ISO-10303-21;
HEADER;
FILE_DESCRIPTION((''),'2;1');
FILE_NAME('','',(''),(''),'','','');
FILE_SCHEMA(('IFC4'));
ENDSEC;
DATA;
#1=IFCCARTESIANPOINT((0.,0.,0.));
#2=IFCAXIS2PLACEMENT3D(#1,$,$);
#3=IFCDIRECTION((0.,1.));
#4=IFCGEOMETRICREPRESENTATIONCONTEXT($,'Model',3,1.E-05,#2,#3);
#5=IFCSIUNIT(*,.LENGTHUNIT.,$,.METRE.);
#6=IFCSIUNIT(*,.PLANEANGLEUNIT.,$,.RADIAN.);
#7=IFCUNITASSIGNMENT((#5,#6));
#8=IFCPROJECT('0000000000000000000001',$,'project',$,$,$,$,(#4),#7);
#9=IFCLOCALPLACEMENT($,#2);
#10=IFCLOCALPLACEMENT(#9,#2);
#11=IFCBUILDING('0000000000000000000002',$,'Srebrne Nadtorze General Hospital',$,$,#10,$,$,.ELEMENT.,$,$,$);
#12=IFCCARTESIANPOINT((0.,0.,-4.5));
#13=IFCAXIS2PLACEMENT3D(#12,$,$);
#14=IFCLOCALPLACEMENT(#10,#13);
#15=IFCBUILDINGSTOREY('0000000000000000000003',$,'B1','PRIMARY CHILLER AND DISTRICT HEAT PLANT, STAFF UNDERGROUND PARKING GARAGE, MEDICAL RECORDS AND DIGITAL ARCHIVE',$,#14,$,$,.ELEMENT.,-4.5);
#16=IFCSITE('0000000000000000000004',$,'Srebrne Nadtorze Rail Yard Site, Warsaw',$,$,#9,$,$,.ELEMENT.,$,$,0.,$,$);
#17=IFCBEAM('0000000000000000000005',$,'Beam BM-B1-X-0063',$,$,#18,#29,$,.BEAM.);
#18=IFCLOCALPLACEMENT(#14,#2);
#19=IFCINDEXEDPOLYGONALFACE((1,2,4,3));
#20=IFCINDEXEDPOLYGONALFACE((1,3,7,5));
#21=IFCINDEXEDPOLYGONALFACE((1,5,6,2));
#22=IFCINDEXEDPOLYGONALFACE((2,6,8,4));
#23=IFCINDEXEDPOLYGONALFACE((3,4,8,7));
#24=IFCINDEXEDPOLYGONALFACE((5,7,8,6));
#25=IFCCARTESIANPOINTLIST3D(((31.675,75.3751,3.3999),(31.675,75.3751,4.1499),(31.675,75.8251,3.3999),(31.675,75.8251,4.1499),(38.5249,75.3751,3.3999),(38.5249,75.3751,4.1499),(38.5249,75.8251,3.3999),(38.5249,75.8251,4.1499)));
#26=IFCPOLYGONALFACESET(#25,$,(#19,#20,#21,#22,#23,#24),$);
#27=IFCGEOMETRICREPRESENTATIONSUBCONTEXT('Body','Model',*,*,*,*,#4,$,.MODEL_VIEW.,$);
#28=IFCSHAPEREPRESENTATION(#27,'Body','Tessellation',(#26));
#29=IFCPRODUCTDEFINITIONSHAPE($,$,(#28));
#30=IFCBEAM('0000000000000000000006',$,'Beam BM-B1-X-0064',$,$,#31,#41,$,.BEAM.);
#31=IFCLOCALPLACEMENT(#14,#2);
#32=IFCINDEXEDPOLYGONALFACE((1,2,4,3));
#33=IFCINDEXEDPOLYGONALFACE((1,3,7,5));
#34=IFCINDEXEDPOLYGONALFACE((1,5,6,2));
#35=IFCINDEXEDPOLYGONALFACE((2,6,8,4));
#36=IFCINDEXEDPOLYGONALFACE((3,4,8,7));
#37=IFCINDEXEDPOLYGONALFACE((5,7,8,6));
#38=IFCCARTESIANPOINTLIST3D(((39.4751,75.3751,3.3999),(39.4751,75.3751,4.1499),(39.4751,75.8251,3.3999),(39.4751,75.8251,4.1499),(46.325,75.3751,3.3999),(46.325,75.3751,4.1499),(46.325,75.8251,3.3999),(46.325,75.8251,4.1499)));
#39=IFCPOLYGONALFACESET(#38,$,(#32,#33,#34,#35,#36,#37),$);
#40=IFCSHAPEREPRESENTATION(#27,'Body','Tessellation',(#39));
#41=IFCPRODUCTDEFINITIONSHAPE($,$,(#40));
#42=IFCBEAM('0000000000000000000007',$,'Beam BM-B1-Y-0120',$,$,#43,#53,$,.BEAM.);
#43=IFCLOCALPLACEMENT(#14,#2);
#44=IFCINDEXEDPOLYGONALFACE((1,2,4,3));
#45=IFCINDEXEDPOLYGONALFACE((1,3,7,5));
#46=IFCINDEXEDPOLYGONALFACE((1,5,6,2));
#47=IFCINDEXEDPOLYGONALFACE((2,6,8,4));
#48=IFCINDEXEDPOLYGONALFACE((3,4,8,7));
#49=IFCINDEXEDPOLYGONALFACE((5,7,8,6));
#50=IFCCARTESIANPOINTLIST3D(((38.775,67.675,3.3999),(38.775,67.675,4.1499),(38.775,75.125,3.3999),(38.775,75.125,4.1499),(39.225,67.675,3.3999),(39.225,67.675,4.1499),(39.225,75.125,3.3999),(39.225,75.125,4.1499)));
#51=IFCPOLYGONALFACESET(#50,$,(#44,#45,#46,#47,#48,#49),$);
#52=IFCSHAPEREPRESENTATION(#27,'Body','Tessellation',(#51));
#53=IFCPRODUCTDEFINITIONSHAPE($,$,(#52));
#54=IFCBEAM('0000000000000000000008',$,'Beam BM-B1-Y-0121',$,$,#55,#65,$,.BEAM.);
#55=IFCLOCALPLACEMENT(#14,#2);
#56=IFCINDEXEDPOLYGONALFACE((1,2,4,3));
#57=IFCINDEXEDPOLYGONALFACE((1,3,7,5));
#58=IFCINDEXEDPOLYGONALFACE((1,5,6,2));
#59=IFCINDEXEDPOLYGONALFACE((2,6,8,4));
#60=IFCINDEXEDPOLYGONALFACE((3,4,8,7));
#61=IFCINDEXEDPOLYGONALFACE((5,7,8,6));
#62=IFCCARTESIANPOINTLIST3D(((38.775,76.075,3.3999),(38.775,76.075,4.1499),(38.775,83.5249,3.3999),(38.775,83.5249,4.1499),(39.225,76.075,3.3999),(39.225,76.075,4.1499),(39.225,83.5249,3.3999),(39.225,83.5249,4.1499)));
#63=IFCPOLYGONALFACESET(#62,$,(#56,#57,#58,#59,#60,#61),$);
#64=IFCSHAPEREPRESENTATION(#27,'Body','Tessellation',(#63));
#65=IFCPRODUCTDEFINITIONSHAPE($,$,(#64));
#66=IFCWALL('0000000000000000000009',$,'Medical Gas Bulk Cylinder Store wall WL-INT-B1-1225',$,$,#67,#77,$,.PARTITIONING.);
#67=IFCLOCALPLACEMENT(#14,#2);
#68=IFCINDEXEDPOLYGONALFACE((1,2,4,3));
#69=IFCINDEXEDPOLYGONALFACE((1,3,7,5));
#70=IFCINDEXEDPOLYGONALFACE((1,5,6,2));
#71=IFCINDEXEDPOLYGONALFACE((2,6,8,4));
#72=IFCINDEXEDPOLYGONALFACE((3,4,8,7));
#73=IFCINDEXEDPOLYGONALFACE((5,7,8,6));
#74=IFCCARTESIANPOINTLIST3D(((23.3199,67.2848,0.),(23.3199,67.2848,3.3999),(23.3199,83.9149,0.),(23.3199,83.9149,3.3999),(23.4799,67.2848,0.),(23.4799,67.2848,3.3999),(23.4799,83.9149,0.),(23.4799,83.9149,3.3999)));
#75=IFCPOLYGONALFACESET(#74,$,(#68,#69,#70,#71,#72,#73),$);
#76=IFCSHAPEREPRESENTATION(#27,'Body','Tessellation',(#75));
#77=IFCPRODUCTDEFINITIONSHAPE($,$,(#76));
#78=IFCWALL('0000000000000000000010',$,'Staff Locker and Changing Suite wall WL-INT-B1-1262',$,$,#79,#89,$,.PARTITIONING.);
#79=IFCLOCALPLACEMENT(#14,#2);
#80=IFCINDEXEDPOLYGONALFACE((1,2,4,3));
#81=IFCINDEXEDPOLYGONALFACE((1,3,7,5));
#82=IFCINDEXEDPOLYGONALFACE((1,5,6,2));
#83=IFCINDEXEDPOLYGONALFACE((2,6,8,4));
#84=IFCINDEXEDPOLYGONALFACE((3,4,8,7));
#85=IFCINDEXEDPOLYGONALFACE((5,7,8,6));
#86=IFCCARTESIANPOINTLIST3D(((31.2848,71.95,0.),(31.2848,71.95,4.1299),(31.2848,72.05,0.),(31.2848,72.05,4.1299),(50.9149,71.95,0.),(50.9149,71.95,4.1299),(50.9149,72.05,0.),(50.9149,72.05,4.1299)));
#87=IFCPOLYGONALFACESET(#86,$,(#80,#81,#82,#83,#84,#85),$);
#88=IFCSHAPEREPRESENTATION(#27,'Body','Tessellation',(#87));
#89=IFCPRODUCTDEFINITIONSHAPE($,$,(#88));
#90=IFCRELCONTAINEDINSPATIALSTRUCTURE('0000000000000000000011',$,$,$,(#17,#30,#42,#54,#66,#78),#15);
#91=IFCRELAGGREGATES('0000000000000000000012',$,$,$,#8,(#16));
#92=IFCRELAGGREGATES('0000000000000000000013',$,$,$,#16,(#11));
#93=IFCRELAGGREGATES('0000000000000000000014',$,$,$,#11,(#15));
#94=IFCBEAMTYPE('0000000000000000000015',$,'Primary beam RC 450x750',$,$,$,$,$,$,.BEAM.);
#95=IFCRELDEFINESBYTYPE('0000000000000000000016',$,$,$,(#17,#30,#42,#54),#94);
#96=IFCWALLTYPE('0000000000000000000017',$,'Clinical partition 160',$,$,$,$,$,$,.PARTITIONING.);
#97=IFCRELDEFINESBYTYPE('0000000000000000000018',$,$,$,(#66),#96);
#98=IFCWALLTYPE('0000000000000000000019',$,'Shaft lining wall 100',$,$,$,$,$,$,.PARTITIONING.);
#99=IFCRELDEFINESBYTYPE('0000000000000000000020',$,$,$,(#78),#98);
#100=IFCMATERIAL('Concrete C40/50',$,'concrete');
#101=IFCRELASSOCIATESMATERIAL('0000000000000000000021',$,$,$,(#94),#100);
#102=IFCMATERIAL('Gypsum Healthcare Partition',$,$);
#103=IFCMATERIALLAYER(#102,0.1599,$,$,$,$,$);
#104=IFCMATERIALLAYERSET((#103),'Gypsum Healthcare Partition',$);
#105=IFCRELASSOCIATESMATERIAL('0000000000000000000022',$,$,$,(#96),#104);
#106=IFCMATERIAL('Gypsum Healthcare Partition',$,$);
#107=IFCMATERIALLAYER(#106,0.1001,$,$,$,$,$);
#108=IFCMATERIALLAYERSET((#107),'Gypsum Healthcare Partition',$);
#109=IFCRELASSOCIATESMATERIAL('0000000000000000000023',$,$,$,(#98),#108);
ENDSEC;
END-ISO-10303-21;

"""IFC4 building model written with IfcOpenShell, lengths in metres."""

from ifc_helpers import new_model, si_unit, direction, frame, frame_2d, origin, origin_2d, place, context, subcontext, project, spatial, rectangle, extrude, material, layer, layer_set, material_profile, profile_set, type_object, element, save


model = new_model("IFC4")

# Units and contexts
model_context = context("Model", 3, precision=1e-05, world=origin(), true_north=direction((0.0, 1.0)))
body_context = subcontext(model_context, "Body", "Model", "MODEL_VIEW")
ifc_project = project(units=[si_unit("LENGTHUNIT", "METRE"), si_unit("PLANEANGLEUNIT", "RADIAN")], contexts=[model_context])

# Site, building, storey
site_placement = place(None, origin())
site = spatial("IfcSite", under=ifc_project, at=site_placement, Name="Srebrne Nadtorze Rail Yard Site, Warsaw", CompositionType="ELEMENT", RefElevation=0.0)
building_placement = place(site_placement, origin())
building = spatial("IfcBuilding", under=site, at=building_placement, Name="Srebrne Nadtorze General Hospital", CompositionType="ELEMENT")
storey_placement = place(building_placement, frame((0.0, 0.0, -4.5)))
storey = spatial("IfcBuildingStorey", under=building, at=storey_placement, Name="B1", Description="PRIMARY CHILLER AND DISTRICT HEAT PLANT, STAFF UNDERGROUND PARKING GARAGE, MEDICAL RECORDS AND DIGITAL ARCHIVE", CompositionType="ELEMENT", Elevation=-4.5)

# Beams
ifc_material_1 = material(Name="Concrete C40/50", Category="concrete")
ifc_material_profile_1 = material_profile(ifc_material_1, rectangle(XDim=0.45, YDim=0.75, at=origin_2d()), Name="RC-BM-450x750")
ifc_profile_set_1 = profile_set([ifc_material_profile_1], Name="Concrete C40/50")
beam_type = type_object("IfcBeamType", Name="Primary beam RC 450x750", PredefinedType="BEAM", material=ifc_profile_set_1)
for number, where, z_axis, x_axis, name in (
    (1, (31.675, 75.6001, 3.7749), (1.0, 0.0, 0.0), (0.0, 1.0, 0.0), "Beam BM-B1-X-0063"),
    (2, (39.4751, 75.6001, 3.7749), (1.0, 0.0, 0.0), (0.0, 1.0, 0.0), "Beam BM-B1-X-0064"),
):
    element("IfcBeam", number, at=place(storey_placement, frame(where, z_axis=z_axis, x_axis=x_axis)), inside=storey, type_object=beam_type, Name=name, PredefinedType="BEAM", context=body_context, shape_type="SweptSolid", body=[
        extrude(rectangle(XDim=0.45, YDim=0.75, at=origin_2d()), origin(), (0.0, 0.0, 1.0), 6.8499),
    ])
for number, where, z_axis, x_axis, name in (
    (3, (39.0, 67.675, 3.7749), (0.0, 1.0, 0.0), (-1.0, 0.0, 0.0), "Beam BM-B1-Y-0120"),
    (4, (39.0, 76.075, 3.7749), (0.0, 1.0, 0.0), (-1.0, 0.0, 0.0), "Beam BM-B1-Y-0121"),
):
    element("IfcBeam", number, at=place(storey_placement, frame(where, z_axis=z_axis, x_axis=x_axis)), inside=storey, type_object=beam_type, Name=name, PredefinedType="BEAM", context=body_context, shape_type="SweptSolid", body=[
        extrude(rectangle(XDim=0.45, YDim=0.75, at=origin_2d()), origin(), (0.0, 0.0, 1.0), 7.45),
    ])

# Walls
ifc_material_2 = material(Name="Gypsum Healthcare Partition")
ifc_layer_1 = layer(ifc_material_2, 0.1599)
ifc_layer_set_1 = layer_set([ifc_layer_1], Name="Gypsum Healthcare Partition")
wall_type_1 = type_object("IfcWallType", Name="Clinical partition 160", PredefinedType="PARTITIONING", material=ifc_layer_set_1)
wall_1_placement = place(storey_placement, frame((23.3999, 67.2849, 0.0), z_axis=(0.0, 0.0, 1.0), x_axis=(0.0, 1.0, 0.0)))
element("IfcWall", 5, at=wall_1_placement, inside=storey, type_object=wall_type_1, Name="Medical Gas Bulk Cylinder Store wall WL-INT-B1-1225", PredefinedType="PARTITIONING", context=body_context, shape_type="SweptSolid", body=[
    extrude(rectangle(XDim=16.6301, YDim=0.1599, at=frame_2d((8.3149, 0.0))), origin(), (0.0, 0.0, 1.0), 3.3999),
])
ifc_material_3 = material(Name="Gypsum Healthcare Partition")
ifc_layer_2 = layer(ifc_material_3, 0.1001)
ifc_layer_set_2 = layer_set([ifc_layer_2], Name="Gypsum Healthcare Partition")
wall_type_2 = type_object("IfcWallType", Name="Shaft lining wall 100", PredefinedType="PARTITIONING", material=ifc_layer_set_2)
wall_2_placement = place(storey_placement, frame((31.2849, 72.0, 0.0), z_axis=(0.0, 0.0, 1.0), x_axis=(1.0, 0.0, 0.0)))
element("IfcWall", 6, at=wall_2_placement, inside=storey, type_object=wall_type_2, Name="Staff Locker and Changing Suite wall WL-INT-B1-1262", PredefinedType="PARTITIONING", context=body_context, shape_type="SweptSolid", body=[
    extrude(rectangle(XDim=19.6301, YDim=0.1001, at=frame_2d((9.8149, 0.0))), origin(), (0.0, 0.0, 1.0), 4.1299),
])

save(model, "model.ifc")
